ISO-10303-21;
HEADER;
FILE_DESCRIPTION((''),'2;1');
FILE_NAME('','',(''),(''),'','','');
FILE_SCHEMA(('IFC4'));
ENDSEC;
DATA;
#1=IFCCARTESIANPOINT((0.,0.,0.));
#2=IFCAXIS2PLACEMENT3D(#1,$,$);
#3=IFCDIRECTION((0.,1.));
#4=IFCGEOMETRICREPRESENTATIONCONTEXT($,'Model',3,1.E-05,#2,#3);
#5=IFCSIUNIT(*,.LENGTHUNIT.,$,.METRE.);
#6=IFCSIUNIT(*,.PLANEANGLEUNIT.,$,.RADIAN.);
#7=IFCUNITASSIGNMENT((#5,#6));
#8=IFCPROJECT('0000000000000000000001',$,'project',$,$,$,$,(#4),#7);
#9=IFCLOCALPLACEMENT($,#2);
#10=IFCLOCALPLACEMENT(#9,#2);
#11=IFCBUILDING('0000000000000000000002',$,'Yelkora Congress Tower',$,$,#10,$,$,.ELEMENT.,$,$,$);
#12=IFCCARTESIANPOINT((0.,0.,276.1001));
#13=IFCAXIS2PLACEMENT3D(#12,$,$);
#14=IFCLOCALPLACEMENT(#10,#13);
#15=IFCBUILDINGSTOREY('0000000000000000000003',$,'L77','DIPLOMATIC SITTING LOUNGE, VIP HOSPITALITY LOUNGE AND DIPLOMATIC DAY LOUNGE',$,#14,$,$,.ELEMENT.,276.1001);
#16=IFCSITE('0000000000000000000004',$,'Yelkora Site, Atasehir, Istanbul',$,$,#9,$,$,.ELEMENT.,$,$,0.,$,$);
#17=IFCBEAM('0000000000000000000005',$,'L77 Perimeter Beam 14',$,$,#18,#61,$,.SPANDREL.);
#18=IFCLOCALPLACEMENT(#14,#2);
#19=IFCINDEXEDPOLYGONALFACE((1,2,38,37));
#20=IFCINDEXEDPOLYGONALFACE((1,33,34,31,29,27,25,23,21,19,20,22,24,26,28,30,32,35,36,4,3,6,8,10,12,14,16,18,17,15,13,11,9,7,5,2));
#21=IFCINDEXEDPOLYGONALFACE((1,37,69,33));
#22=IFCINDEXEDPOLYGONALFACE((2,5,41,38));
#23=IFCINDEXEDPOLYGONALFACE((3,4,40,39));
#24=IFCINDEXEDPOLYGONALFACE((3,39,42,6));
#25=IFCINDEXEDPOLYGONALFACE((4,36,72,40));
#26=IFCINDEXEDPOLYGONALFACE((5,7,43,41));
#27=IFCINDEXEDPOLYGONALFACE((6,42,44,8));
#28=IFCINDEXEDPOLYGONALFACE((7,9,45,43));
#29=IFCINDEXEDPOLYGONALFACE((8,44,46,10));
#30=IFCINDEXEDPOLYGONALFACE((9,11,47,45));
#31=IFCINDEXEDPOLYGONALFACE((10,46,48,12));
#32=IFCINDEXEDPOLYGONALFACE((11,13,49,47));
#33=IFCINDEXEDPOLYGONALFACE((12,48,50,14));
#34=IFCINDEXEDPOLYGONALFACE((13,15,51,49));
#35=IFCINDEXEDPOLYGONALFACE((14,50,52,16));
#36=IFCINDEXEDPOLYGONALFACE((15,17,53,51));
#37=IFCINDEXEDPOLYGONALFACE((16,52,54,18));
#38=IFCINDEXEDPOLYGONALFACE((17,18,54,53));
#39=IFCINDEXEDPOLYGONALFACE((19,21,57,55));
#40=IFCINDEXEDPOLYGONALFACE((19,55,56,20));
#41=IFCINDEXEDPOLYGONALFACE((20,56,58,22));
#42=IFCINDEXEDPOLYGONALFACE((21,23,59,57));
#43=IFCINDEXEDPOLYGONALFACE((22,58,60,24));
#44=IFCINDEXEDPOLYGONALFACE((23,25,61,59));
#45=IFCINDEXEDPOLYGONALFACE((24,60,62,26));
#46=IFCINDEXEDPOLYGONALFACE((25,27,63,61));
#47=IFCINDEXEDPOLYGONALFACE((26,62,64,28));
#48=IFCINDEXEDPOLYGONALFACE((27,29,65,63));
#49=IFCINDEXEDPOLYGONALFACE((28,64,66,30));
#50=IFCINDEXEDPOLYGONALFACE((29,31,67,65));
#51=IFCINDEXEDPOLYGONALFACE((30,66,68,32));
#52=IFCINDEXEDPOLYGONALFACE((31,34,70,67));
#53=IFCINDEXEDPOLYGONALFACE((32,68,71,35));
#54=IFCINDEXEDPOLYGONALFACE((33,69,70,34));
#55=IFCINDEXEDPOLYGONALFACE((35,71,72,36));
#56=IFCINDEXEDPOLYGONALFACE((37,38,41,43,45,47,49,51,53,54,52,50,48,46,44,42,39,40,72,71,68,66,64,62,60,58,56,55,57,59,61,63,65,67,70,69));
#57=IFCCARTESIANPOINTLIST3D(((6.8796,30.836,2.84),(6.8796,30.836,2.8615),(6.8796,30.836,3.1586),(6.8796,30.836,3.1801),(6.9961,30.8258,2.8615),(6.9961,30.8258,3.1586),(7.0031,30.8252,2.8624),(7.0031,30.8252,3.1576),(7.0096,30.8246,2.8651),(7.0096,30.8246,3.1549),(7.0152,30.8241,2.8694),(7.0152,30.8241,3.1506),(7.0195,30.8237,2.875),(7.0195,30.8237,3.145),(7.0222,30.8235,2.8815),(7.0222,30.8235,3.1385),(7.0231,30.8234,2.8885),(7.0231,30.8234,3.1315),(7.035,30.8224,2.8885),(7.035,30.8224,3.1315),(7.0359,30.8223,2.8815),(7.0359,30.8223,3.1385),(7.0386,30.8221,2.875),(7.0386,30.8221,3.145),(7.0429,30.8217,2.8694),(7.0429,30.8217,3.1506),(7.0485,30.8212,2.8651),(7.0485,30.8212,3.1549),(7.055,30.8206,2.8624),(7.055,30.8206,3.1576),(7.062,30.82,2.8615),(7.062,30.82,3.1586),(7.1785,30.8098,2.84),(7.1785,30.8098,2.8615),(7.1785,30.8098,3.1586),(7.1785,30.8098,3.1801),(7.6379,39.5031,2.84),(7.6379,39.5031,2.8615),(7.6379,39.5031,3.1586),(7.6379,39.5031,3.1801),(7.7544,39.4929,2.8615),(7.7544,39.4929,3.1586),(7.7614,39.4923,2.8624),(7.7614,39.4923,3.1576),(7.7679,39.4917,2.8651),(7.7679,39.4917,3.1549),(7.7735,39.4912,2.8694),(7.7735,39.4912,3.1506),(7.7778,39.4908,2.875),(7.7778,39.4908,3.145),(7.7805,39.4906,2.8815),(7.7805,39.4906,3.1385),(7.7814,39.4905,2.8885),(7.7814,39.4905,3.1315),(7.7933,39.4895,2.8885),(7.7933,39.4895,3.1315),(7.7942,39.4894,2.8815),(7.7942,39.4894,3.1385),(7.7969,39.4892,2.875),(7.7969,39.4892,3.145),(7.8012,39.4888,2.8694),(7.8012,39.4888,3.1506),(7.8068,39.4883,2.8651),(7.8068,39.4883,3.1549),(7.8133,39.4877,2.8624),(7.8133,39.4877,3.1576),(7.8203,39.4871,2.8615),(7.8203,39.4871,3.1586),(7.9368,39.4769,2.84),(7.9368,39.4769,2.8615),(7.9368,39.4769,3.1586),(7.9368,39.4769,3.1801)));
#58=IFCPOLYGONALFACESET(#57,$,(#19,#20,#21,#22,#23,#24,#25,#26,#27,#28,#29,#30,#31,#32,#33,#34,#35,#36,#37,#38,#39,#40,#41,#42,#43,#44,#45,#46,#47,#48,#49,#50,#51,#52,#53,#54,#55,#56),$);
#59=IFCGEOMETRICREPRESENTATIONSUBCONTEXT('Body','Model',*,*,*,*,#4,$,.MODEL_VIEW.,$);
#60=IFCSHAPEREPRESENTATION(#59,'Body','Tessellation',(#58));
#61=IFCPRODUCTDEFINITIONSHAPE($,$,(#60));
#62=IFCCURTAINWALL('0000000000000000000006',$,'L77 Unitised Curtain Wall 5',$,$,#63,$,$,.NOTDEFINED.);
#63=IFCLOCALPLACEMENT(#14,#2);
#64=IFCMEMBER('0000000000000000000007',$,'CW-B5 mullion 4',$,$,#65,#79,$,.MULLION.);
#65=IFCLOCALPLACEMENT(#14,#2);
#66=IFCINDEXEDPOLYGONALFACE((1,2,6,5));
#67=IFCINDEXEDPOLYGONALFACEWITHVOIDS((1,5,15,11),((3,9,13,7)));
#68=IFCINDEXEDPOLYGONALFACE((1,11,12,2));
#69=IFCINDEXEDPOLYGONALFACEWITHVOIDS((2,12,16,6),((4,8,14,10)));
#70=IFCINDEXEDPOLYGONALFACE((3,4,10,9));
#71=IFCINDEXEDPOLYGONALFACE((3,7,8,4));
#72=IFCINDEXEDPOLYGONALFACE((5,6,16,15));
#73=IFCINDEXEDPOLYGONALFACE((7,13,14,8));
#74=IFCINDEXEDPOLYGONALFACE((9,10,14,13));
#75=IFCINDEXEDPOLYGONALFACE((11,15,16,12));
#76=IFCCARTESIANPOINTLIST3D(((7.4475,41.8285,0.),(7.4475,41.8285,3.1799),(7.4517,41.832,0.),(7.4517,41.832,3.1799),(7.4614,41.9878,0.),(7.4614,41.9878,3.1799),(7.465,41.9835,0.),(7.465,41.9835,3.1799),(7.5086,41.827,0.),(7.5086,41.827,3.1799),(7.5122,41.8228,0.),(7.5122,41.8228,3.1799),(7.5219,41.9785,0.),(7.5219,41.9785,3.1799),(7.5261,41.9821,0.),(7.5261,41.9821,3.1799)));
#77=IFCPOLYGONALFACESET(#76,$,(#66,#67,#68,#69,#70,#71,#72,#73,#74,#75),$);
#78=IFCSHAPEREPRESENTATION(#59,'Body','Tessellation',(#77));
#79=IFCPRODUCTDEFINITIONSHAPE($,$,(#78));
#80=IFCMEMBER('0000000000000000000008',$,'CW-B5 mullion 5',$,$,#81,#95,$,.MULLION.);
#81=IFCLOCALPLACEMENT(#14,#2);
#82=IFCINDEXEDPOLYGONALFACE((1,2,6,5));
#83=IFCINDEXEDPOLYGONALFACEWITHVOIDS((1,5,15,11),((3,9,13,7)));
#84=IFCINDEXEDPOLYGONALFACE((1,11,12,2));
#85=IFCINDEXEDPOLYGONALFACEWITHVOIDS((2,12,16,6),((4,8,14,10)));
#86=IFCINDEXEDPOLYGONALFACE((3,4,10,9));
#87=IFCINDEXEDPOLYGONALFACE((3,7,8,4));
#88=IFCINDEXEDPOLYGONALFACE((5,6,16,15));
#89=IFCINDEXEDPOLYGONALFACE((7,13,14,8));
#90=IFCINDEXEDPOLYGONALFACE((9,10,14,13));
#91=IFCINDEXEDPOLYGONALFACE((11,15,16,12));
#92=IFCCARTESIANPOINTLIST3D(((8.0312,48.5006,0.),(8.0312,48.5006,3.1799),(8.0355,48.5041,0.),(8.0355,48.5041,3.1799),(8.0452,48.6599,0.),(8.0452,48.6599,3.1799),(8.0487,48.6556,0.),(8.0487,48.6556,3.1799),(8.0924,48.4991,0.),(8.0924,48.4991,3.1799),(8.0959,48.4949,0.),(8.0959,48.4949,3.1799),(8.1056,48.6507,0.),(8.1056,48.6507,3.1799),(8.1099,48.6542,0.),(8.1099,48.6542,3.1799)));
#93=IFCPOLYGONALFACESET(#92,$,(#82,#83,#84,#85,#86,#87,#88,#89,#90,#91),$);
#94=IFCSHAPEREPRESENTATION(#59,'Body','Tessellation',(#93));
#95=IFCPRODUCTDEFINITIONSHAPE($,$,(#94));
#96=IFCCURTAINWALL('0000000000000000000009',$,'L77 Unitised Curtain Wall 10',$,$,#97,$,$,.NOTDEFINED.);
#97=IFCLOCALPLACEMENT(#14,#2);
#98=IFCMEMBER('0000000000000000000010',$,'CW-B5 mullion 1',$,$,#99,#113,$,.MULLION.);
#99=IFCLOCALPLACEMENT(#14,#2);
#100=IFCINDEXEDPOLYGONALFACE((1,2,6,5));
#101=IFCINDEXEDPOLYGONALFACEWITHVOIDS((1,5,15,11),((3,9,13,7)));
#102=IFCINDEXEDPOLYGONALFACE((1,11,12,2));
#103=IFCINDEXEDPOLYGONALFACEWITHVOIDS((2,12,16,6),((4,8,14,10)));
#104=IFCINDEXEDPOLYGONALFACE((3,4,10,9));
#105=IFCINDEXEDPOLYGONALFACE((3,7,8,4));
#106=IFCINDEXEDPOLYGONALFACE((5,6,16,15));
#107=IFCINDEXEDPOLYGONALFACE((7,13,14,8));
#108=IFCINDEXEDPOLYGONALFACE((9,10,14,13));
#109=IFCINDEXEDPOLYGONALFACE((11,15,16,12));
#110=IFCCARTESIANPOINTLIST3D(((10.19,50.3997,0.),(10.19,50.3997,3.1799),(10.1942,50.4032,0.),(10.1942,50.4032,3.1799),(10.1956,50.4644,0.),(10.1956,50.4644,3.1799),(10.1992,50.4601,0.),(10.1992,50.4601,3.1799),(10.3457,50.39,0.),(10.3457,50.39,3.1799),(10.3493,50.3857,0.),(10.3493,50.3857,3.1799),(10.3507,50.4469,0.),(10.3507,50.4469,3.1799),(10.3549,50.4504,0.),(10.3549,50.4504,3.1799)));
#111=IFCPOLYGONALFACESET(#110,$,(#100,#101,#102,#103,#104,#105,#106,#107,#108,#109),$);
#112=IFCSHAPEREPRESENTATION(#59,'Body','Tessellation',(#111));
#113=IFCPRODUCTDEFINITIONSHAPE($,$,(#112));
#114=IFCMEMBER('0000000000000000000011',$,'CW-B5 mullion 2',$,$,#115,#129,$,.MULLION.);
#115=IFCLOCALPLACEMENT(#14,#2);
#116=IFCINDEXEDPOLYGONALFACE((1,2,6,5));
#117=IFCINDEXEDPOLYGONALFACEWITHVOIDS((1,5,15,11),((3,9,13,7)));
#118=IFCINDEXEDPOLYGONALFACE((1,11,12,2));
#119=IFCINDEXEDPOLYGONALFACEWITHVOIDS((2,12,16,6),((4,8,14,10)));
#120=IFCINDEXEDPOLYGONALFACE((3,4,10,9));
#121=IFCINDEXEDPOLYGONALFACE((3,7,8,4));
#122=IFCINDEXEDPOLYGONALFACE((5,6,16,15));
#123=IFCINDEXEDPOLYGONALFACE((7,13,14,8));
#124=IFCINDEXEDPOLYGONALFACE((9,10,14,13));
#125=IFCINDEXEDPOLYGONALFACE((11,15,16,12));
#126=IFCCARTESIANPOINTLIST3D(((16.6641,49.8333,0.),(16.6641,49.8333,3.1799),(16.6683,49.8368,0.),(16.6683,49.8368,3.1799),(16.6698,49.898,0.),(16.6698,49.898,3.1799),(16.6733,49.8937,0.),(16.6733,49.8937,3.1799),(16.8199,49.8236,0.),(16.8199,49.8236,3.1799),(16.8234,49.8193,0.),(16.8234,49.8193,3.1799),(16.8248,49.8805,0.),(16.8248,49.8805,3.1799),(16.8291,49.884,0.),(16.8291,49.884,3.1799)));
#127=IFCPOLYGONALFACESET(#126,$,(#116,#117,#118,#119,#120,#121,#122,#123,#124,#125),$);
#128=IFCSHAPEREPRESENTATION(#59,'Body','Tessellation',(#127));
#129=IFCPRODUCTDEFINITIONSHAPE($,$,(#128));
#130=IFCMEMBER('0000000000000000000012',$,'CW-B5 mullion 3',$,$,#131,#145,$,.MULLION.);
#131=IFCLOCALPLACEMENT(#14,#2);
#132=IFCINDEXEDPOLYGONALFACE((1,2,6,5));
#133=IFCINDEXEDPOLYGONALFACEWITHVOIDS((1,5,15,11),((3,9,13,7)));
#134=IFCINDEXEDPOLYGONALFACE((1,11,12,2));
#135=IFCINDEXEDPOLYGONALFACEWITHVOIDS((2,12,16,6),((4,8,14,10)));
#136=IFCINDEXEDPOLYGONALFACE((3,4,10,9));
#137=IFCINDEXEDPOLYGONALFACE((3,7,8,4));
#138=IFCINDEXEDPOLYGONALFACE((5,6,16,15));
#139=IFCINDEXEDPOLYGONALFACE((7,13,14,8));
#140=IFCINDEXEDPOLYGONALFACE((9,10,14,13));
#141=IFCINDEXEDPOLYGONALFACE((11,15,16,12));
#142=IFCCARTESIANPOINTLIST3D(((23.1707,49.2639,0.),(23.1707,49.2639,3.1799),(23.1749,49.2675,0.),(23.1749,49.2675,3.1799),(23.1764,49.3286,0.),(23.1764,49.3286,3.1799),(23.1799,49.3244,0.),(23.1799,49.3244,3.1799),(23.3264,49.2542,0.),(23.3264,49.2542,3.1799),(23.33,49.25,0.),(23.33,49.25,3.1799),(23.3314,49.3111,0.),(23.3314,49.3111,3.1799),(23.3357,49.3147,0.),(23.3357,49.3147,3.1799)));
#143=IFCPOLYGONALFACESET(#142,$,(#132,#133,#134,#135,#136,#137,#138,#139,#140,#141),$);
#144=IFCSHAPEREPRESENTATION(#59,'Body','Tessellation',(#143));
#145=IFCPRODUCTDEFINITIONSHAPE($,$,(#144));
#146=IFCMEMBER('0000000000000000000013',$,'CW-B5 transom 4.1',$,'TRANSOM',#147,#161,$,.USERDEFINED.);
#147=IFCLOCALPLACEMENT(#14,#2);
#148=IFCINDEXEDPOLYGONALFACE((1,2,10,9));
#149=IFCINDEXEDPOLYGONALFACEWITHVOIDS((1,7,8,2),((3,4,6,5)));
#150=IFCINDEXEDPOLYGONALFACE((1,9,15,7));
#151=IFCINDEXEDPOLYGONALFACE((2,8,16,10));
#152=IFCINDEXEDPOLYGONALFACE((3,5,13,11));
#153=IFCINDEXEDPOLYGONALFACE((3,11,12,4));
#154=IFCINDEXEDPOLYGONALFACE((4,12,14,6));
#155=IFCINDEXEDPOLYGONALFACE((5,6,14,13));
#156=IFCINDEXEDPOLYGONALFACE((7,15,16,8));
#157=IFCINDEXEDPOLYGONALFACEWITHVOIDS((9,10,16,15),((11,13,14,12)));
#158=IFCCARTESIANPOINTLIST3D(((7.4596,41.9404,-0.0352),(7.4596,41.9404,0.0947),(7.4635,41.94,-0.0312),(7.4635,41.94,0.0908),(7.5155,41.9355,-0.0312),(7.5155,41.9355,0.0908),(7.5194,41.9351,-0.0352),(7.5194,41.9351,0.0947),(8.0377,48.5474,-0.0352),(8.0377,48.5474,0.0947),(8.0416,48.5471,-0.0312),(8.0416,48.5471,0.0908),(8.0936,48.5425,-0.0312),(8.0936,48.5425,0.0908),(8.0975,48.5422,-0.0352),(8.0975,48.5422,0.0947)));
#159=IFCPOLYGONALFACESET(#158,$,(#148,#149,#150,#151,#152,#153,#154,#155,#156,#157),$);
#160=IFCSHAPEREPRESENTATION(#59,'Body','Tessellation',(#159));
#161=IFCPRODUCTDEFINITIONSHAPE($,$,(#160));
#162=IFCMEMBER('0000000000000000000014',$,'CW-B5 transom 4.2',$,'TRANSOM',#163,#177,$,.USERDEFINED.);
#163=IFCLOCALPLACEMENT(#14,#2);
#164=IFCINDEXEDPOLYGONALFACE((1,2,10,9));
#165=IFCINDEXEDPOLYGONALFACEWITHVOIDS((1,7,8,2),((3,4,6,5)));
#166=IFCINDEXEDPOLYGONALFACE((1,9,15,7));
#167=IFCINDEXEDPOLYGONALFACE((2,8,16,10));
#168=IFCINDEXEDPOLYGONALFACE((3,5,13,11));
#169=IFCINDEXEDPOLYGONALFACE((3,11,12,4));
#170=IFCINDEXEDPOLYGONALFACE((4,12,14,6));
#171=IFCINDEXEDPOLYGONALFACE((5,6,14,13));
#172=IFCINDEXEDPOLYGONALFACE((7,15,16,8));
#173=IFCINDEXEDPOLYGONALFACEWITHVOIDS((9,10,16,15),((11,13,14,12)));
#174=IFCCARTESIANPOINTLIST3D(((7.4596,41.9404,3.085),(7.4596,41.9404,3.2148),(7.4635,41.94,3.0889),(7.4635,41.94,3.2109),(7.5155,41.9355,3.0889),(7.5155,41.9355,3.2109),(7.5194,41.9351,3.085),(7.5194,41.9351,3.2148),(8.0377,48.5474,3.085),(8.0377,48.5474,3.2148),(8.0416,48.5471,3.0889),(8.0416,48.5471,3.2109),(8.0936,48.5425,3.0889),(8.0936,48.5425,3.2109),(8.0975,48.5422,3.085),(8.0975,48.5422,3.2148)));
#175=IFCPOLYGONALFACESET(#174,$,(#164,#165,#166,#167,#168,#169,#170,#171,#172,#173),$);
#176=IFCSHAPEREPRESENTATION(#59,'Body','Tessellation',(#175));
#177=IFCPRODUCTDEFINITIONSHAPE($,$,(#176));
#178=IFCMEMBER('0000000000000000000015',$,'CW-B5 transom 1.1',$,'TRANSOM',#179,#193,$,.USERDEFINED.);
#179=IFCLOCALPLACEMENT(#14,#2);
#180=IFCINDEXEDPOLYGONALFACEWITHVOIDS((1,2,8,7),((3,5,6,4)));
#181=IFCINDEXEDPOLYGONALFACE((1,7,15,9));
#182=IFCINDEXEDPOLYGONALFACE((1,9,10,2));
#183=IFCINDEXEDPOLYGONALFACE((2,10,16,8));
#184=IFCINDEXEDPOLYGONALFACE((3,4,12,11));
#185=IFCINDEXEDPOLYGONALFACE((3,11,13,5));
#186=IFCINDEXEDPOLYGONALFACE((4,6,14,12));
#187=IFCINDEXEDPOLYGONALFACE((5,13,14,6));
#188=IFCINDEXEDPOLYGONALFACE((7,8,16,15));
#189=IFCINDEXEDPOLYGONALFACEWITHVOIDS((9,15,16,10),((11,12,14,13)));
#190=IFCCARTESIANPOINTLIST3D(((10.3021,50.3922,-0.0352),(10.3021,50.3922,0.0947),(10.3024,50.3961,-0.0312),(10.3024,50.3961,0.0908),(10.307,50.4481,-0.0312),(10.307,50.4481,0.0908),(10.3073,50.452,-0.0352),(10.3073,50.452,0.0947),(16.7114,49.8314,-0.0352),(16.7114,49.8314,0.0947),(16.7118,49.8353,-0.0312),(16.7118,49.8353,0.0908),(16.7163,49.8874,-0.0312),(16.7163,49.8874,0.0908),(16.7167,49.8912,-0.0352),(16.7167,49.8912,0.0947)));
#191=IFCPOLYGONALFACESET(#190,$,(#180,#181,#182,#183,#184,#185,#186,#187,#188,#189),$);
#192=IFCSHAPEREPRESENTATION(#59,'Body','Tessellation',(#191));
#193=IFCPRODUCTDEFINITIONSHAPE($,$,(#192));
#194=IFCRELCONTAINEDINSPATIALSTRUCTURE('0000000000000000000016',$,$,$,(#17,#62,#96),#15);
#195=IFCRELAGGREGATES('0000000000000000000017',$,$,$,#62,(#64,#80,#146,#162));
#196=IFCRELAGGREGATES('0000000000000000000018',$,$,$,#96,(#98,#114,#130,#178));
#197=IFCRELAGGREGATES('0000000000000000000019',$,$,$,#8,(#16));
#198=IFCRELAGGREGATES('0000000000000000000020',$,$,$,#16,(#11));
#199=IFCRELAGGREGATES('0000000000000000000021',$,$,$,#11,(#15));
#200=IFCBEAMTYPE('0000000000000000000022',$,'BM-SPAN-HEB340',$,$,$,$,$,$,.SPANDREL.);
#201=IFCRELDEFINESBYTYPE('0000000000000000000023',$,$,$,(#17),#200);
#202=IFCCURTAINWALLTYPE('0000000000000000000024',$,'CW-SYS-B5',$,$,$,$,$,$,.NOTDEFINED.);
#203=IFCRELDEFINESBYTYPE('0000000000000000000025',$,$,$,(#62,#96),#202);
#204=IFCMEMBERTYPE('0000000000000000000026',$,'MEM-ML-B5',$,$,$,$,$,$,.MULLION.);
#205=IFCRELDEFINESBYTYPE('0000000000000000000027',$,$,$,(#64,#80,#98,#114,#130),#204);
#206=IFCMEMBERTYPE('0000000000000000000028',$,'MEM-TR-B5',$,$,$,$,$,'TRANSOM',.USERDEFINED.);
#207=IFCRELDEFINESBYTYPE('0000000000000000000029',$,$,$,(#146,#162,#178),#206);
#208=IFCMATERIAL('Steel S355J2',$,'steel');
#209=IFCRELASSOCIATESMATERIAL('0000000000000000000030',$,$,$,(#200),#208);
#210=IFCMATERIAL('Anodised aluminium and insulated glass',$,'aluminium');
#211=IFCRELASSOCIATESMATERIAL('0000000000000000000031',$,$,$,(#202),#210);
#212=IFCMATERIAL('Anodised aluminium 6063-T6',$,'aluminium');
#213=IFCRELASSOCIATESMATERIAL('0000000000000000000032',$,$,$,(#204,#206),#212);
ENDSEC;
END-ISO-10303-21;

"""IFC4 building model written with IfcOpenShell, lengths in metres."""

from ifc_helpers import new_model, si_unit, direction, frame, origin, origin_2d, place, context, subcontext, project, spatial, hollow_rectangle, i_section, extrude, material, material_profile, profile_set, type_object, element, aggregate, save


model = new_model("IFC4")

# Units and contexts
model_context = context("Model", 3, precision=1e-05, world=origin(), true_north=direction((0.0, 1.0)))
body_context = subcontext(model_context, "Body", "Model", "MODEL_VIEW")
ifc_project = project(units=[si_unit("LENGTHUNIT", "METRE"), si_unit("PLANEANGLEUNIT", "RADIAN")], contexts=[model_context])

# Site, building, storey
site_placement = place(None, origin())
site = spatial("IfcSite", under=ifc_project, at=site_placement, Name="Yelkora Site, Atasehir, Istanbul", CompositionType="ELEMENT", RefElevation=0.0)
building_placement = place(site_placement, origin())
building = spatial("IfcBuilding", under=site, at=building_placement, Name="Yelkora Congress Tower", CompositionType="ELEMENT")
storey_placement = place(building_placement, frame((0.0, 0.0, 276.1001)))
storey = spatial("IfcBuildingStorey", under=building, at=storey_placement, Name="L77", Description="DIPLOMATIC SITTING LOUNGE, VIP HOSPITALITY LOUNGE AND DIPLOMATIC DAY LOUNGE", CompositionType="ELEMENT", Elevation=276.1001)

# Shared definitions
ifc_material_1 = material(Name="Steel S355J2", Category="steel")

# Beam
ifc_material_profile_1 = material_profile(ifc_material_1, i_section(OverallWidth=0.3, OverallDepth=0.3401, WebThickness=0.012, FlangeThickness=0.0215, FilletRadius=0.0271, at=origin_2d()), Name="HEB 340")
ifc_profile_set_1 = profile_set([ifc_material_profile_1], Name="Steel S355J2")
beam_type_1 = type_object("IfcBeamType", Name="BM-SPAN-HEB340", PredefinedType="SPANDREL", material=ifc_profile_set_1)
beam_1_placement = place(storey_placement, frame((7.7874, 39.49, 3.01), z_axis=(-0.08716, -0.996194, 0.0), x_axis=(0.996194, -0.08716, 0.0)))
element("IfcBeam", 1, at=beam_1_placement, inside=storey, type_object=beam_type_1, Name="L77 Perimeter Beam 14", PredefinedType="SPANDREL", context=body_context, shape_type="SweptSolid", body=[
    extrude(i_section(OverallWidth=0.3, OverallDepth=0.3401, WebThickness=0.012, FlangeThickness=0.0215, FilletRadius=0.0271, at=origin_2d()), origin(), (0.0, 0.0, 1.0), 8.7002),
])

# Curtain walls, members
ifc_material_2 = material(Name="Anodised aluminium and insulated glass", Category="aluminium")
curtain_wall_type = type_object("IfcCurtainWallType", Name="CW-SYS-B5", PredefinedType="NOTDEFINED", material=ifc_material_2)
curtain_wall_1_placement = place(storey_placement, origin())
curtain_wall_1 = element("IfcCurtainWall", 2, at=curtain_wall_1_placement, inside=storey, type_object=curtain_wall_type, Name="L77 Unitised Curtain Wall 5", PredefinedType="NOTDEFINED")
ifc_material_3 = material(Name="Anodised aluminium 6063-T6", Category="aluminium")
ifc_material_profile_2 = material_profile(ifc_material_3, hollow_rectangle(XDim=0.0649, YDim=0.1599, WallThickness=0.0039, at=origin_2d()), Name="ALU 65x160x4")
ifc_profile_set_2 = profile_set([ifc_material_profile_2], Name="Anodised aluminium 6063-T6")
member_type_1 = type_object("IfcMemberType", Name="MEM-ML-B5", PredefinedType="MULLION", material=ifc_profile_set_2)
member_1_placement = place(storey_placement, frame((7.4868, 41.9053, 0.0), z_axis=(0.0, 0.0, 1.0), x_axis=(-0.996195, 0.087155, 0.0)))
member_1 = element("IfcMember", 3, at=member_1_placement, type_object=member_type_1, Name="CW-B5 mullion 4", PredefinedType="MULLION", context=body_context, shape_type="SweptSolid", body=[
    extrude(hollow_rectangle(XDim=0.0649, YDim=0.1599, WallThickness=0.0039, at=origin_2d()), origin(), (0.0, 0.0, 1.0), 3.1799),
])
member_2_placement = place(storey_placement, frame((8.0706, 48.5774, 0.0), z_axis=(0.0, 0.0, 1.0), x_axis=(-0.996195, 0.087155, 0.0)))
member_2 = element("IfcMember", 4, at=member_2_placement, type_object=member_type_1, Name="CW-B5 mullion 5", PredefinedType="MULLION", context=body_context, shape_type="SweptSolid", body=[
    extrude(hollow_rectangle(XDim=0.0649, YDim=0.1599, WallThickness=0.0039, at=origin_2d()), origin(), (0.0, 0.0, 1.0), 3.1799),
])
curtain_wall_2_placement = place(storey_placement, origin())
curtain_wall_2 = element("IfcCurtainWall", 5, at=curtain_wall_2_placement, inside=storey, type_object=curtain_wall_type, Name="L77 Unitised Curtain Wall 10", PredefinedType="NOTDEFINED")
member_3_placement = place(storey_placement, frame((10.2725, 50.425, 0.0), z_axis=(0.0, 0.0, 1.0), x_axis=(0.087157, 0.996195, 0.0)))
member_3 = element("IfcMember", 6, at=member_3_placement, type_object=member_type_1, Name="CW-B5 mullion 1", PredefinedType="MULLION", context=body_context, shape_type="SweptSolid", body=[
    extrude(hollow_rectangle(XDim=0.0649, YDim=0.1599, WallThickness=0.0039, at=origin_2d()), origin(), (0.0, 0.0, 1.0), 3.1799),
])
member_4_placement = place(storey_placement, frame((16.7466, 49.8586, 0.0), z_axis=(0.0, 0.0, 1.0), x_axis=(0.087157, 0.996195, 0.0)))
member_4 = element("IfcMember", 7, at=member_4_placement, type_object=member_type_1, Name="CW-B5 mullion 2", PredefinedType="MULLION", context=body_context, shape_type="SweptSolid", body=[
    extrude(hollow_rectangle(XDim=0.0649, YDim=0.1599, WallThickness=0.0039, at=origin_2d()), origin(), (0.0, 0.0, 1.0), 3.1799),
])
member_5_placement = place(storey_placement, frame((23.2532, 49.2893, 0.0), z_axis=(0.0, 0.0, 1.0), x_axis=(0.087157, 0.996195, 0.0)))
member_5 = element("IfcMember", 8, at=member_5_placement, type_object=member_type_1, Name="CW-B5 mullion 3", PredefinedType="MULLION", context=body_context, shape_type="SweptSolid", body=[
    extrude(hollow_rectangle(XDim=0.0649, YDim=0.1599, WallThickness=0.0039, at=origin_2d()), origin(), (0.0, 0.0, 1.0), 3.1799),
])

# Members
ifc_material_profile_3 = material_profile(ifc_material_3, hollow_rectangle(XDim=0.0601, YDim=0.1299, WallThickness=0.0039, at=origin_2d()), Name="ALU 60x130x4")
ifc_profile_set_3 = profile_set([ifc_material_profile_3], Name="Anodised aluminium 6063-T6")
member_type_2 = type_object("IfcMemberType", Name="MEM-TR-B5", ElementType="TRANSOM", PredefinedType="USERDEFINED", material=ifc_profile_set_3)
member_6_placement = place(storey_placement, frame((7.4895, 41.9377, 0.0298), z_axis=(0.087166, 0.996194, 0.0), x_axis=(-0.996194, 0.087166, 0.0)))
member_6 = element("IfcMember", 9, at=member_6_placement, type_object=member_type_2, Name="CW-B5 transom 4.1", ObjectType="TRANSOM", PredefinedType="USERDEFINED", context=body_context, shape_type="SweptSolid", body=[
    extrude(hollow_rectangle(XDim=0.0601, YDim=0.1299, WallThickness=0.0039, at=origin_2d()), origin(), (0.0, 0.0, 1.0), 6.6323),
])
member_7_placement = place(storey_placement, frame((7.4895, 41.9377, 3.1499), z_axis=(0.087166, 0.996194, 0.0), x_axis=(-0.996194, 0.087166, 0.0)))
member_7 = element("IfcMember", 10, at=member_7_placement, type_object=member_type_2, Name="CW-B5 transom 4.2", ObjectType="TRANSOM", PredefinedType="USERDEFINED", context=body_context, shape_type="SweptSolid", body=[
    extrude(hollow_rectangle(XDim=0.0601, YDim=0.1299, WallThickness=0.0039, at=origin_2d()), origin(), (0.0, 0.0, 1.0), 6.6323),
])
member_8_placement = place(storey_placement, frame((10.3047, 50.4221, 0.0298), z_axis=(0.996194, -0.087162, 0.0), x_axis=(0.087162, 0.996194, 0.0)))
member_8 = element("IfcMember", 11, at=member_8_placement, type_object=member_type_2, Name="CW-B5 transom 1.1", ObjectType="TRANSOM", PredefinedType="USERDEFINED", context=body_context, shape_type="SweptSolid", body=[
    extrude(hollow_rectangle(XDim=0.0601, YDim=0.1299, WallThickness=0.0039, at=origin_2d()), origin(), (0.0, 0.0, 1.0), 6.4338),
])

aggregate(curtain_wall_1, [member_1, member_2, member_6, member_7])
aggregate(curtain_wall_2, [member_3, member_4, member_5, member_8])

save(model, "model.ifc")
